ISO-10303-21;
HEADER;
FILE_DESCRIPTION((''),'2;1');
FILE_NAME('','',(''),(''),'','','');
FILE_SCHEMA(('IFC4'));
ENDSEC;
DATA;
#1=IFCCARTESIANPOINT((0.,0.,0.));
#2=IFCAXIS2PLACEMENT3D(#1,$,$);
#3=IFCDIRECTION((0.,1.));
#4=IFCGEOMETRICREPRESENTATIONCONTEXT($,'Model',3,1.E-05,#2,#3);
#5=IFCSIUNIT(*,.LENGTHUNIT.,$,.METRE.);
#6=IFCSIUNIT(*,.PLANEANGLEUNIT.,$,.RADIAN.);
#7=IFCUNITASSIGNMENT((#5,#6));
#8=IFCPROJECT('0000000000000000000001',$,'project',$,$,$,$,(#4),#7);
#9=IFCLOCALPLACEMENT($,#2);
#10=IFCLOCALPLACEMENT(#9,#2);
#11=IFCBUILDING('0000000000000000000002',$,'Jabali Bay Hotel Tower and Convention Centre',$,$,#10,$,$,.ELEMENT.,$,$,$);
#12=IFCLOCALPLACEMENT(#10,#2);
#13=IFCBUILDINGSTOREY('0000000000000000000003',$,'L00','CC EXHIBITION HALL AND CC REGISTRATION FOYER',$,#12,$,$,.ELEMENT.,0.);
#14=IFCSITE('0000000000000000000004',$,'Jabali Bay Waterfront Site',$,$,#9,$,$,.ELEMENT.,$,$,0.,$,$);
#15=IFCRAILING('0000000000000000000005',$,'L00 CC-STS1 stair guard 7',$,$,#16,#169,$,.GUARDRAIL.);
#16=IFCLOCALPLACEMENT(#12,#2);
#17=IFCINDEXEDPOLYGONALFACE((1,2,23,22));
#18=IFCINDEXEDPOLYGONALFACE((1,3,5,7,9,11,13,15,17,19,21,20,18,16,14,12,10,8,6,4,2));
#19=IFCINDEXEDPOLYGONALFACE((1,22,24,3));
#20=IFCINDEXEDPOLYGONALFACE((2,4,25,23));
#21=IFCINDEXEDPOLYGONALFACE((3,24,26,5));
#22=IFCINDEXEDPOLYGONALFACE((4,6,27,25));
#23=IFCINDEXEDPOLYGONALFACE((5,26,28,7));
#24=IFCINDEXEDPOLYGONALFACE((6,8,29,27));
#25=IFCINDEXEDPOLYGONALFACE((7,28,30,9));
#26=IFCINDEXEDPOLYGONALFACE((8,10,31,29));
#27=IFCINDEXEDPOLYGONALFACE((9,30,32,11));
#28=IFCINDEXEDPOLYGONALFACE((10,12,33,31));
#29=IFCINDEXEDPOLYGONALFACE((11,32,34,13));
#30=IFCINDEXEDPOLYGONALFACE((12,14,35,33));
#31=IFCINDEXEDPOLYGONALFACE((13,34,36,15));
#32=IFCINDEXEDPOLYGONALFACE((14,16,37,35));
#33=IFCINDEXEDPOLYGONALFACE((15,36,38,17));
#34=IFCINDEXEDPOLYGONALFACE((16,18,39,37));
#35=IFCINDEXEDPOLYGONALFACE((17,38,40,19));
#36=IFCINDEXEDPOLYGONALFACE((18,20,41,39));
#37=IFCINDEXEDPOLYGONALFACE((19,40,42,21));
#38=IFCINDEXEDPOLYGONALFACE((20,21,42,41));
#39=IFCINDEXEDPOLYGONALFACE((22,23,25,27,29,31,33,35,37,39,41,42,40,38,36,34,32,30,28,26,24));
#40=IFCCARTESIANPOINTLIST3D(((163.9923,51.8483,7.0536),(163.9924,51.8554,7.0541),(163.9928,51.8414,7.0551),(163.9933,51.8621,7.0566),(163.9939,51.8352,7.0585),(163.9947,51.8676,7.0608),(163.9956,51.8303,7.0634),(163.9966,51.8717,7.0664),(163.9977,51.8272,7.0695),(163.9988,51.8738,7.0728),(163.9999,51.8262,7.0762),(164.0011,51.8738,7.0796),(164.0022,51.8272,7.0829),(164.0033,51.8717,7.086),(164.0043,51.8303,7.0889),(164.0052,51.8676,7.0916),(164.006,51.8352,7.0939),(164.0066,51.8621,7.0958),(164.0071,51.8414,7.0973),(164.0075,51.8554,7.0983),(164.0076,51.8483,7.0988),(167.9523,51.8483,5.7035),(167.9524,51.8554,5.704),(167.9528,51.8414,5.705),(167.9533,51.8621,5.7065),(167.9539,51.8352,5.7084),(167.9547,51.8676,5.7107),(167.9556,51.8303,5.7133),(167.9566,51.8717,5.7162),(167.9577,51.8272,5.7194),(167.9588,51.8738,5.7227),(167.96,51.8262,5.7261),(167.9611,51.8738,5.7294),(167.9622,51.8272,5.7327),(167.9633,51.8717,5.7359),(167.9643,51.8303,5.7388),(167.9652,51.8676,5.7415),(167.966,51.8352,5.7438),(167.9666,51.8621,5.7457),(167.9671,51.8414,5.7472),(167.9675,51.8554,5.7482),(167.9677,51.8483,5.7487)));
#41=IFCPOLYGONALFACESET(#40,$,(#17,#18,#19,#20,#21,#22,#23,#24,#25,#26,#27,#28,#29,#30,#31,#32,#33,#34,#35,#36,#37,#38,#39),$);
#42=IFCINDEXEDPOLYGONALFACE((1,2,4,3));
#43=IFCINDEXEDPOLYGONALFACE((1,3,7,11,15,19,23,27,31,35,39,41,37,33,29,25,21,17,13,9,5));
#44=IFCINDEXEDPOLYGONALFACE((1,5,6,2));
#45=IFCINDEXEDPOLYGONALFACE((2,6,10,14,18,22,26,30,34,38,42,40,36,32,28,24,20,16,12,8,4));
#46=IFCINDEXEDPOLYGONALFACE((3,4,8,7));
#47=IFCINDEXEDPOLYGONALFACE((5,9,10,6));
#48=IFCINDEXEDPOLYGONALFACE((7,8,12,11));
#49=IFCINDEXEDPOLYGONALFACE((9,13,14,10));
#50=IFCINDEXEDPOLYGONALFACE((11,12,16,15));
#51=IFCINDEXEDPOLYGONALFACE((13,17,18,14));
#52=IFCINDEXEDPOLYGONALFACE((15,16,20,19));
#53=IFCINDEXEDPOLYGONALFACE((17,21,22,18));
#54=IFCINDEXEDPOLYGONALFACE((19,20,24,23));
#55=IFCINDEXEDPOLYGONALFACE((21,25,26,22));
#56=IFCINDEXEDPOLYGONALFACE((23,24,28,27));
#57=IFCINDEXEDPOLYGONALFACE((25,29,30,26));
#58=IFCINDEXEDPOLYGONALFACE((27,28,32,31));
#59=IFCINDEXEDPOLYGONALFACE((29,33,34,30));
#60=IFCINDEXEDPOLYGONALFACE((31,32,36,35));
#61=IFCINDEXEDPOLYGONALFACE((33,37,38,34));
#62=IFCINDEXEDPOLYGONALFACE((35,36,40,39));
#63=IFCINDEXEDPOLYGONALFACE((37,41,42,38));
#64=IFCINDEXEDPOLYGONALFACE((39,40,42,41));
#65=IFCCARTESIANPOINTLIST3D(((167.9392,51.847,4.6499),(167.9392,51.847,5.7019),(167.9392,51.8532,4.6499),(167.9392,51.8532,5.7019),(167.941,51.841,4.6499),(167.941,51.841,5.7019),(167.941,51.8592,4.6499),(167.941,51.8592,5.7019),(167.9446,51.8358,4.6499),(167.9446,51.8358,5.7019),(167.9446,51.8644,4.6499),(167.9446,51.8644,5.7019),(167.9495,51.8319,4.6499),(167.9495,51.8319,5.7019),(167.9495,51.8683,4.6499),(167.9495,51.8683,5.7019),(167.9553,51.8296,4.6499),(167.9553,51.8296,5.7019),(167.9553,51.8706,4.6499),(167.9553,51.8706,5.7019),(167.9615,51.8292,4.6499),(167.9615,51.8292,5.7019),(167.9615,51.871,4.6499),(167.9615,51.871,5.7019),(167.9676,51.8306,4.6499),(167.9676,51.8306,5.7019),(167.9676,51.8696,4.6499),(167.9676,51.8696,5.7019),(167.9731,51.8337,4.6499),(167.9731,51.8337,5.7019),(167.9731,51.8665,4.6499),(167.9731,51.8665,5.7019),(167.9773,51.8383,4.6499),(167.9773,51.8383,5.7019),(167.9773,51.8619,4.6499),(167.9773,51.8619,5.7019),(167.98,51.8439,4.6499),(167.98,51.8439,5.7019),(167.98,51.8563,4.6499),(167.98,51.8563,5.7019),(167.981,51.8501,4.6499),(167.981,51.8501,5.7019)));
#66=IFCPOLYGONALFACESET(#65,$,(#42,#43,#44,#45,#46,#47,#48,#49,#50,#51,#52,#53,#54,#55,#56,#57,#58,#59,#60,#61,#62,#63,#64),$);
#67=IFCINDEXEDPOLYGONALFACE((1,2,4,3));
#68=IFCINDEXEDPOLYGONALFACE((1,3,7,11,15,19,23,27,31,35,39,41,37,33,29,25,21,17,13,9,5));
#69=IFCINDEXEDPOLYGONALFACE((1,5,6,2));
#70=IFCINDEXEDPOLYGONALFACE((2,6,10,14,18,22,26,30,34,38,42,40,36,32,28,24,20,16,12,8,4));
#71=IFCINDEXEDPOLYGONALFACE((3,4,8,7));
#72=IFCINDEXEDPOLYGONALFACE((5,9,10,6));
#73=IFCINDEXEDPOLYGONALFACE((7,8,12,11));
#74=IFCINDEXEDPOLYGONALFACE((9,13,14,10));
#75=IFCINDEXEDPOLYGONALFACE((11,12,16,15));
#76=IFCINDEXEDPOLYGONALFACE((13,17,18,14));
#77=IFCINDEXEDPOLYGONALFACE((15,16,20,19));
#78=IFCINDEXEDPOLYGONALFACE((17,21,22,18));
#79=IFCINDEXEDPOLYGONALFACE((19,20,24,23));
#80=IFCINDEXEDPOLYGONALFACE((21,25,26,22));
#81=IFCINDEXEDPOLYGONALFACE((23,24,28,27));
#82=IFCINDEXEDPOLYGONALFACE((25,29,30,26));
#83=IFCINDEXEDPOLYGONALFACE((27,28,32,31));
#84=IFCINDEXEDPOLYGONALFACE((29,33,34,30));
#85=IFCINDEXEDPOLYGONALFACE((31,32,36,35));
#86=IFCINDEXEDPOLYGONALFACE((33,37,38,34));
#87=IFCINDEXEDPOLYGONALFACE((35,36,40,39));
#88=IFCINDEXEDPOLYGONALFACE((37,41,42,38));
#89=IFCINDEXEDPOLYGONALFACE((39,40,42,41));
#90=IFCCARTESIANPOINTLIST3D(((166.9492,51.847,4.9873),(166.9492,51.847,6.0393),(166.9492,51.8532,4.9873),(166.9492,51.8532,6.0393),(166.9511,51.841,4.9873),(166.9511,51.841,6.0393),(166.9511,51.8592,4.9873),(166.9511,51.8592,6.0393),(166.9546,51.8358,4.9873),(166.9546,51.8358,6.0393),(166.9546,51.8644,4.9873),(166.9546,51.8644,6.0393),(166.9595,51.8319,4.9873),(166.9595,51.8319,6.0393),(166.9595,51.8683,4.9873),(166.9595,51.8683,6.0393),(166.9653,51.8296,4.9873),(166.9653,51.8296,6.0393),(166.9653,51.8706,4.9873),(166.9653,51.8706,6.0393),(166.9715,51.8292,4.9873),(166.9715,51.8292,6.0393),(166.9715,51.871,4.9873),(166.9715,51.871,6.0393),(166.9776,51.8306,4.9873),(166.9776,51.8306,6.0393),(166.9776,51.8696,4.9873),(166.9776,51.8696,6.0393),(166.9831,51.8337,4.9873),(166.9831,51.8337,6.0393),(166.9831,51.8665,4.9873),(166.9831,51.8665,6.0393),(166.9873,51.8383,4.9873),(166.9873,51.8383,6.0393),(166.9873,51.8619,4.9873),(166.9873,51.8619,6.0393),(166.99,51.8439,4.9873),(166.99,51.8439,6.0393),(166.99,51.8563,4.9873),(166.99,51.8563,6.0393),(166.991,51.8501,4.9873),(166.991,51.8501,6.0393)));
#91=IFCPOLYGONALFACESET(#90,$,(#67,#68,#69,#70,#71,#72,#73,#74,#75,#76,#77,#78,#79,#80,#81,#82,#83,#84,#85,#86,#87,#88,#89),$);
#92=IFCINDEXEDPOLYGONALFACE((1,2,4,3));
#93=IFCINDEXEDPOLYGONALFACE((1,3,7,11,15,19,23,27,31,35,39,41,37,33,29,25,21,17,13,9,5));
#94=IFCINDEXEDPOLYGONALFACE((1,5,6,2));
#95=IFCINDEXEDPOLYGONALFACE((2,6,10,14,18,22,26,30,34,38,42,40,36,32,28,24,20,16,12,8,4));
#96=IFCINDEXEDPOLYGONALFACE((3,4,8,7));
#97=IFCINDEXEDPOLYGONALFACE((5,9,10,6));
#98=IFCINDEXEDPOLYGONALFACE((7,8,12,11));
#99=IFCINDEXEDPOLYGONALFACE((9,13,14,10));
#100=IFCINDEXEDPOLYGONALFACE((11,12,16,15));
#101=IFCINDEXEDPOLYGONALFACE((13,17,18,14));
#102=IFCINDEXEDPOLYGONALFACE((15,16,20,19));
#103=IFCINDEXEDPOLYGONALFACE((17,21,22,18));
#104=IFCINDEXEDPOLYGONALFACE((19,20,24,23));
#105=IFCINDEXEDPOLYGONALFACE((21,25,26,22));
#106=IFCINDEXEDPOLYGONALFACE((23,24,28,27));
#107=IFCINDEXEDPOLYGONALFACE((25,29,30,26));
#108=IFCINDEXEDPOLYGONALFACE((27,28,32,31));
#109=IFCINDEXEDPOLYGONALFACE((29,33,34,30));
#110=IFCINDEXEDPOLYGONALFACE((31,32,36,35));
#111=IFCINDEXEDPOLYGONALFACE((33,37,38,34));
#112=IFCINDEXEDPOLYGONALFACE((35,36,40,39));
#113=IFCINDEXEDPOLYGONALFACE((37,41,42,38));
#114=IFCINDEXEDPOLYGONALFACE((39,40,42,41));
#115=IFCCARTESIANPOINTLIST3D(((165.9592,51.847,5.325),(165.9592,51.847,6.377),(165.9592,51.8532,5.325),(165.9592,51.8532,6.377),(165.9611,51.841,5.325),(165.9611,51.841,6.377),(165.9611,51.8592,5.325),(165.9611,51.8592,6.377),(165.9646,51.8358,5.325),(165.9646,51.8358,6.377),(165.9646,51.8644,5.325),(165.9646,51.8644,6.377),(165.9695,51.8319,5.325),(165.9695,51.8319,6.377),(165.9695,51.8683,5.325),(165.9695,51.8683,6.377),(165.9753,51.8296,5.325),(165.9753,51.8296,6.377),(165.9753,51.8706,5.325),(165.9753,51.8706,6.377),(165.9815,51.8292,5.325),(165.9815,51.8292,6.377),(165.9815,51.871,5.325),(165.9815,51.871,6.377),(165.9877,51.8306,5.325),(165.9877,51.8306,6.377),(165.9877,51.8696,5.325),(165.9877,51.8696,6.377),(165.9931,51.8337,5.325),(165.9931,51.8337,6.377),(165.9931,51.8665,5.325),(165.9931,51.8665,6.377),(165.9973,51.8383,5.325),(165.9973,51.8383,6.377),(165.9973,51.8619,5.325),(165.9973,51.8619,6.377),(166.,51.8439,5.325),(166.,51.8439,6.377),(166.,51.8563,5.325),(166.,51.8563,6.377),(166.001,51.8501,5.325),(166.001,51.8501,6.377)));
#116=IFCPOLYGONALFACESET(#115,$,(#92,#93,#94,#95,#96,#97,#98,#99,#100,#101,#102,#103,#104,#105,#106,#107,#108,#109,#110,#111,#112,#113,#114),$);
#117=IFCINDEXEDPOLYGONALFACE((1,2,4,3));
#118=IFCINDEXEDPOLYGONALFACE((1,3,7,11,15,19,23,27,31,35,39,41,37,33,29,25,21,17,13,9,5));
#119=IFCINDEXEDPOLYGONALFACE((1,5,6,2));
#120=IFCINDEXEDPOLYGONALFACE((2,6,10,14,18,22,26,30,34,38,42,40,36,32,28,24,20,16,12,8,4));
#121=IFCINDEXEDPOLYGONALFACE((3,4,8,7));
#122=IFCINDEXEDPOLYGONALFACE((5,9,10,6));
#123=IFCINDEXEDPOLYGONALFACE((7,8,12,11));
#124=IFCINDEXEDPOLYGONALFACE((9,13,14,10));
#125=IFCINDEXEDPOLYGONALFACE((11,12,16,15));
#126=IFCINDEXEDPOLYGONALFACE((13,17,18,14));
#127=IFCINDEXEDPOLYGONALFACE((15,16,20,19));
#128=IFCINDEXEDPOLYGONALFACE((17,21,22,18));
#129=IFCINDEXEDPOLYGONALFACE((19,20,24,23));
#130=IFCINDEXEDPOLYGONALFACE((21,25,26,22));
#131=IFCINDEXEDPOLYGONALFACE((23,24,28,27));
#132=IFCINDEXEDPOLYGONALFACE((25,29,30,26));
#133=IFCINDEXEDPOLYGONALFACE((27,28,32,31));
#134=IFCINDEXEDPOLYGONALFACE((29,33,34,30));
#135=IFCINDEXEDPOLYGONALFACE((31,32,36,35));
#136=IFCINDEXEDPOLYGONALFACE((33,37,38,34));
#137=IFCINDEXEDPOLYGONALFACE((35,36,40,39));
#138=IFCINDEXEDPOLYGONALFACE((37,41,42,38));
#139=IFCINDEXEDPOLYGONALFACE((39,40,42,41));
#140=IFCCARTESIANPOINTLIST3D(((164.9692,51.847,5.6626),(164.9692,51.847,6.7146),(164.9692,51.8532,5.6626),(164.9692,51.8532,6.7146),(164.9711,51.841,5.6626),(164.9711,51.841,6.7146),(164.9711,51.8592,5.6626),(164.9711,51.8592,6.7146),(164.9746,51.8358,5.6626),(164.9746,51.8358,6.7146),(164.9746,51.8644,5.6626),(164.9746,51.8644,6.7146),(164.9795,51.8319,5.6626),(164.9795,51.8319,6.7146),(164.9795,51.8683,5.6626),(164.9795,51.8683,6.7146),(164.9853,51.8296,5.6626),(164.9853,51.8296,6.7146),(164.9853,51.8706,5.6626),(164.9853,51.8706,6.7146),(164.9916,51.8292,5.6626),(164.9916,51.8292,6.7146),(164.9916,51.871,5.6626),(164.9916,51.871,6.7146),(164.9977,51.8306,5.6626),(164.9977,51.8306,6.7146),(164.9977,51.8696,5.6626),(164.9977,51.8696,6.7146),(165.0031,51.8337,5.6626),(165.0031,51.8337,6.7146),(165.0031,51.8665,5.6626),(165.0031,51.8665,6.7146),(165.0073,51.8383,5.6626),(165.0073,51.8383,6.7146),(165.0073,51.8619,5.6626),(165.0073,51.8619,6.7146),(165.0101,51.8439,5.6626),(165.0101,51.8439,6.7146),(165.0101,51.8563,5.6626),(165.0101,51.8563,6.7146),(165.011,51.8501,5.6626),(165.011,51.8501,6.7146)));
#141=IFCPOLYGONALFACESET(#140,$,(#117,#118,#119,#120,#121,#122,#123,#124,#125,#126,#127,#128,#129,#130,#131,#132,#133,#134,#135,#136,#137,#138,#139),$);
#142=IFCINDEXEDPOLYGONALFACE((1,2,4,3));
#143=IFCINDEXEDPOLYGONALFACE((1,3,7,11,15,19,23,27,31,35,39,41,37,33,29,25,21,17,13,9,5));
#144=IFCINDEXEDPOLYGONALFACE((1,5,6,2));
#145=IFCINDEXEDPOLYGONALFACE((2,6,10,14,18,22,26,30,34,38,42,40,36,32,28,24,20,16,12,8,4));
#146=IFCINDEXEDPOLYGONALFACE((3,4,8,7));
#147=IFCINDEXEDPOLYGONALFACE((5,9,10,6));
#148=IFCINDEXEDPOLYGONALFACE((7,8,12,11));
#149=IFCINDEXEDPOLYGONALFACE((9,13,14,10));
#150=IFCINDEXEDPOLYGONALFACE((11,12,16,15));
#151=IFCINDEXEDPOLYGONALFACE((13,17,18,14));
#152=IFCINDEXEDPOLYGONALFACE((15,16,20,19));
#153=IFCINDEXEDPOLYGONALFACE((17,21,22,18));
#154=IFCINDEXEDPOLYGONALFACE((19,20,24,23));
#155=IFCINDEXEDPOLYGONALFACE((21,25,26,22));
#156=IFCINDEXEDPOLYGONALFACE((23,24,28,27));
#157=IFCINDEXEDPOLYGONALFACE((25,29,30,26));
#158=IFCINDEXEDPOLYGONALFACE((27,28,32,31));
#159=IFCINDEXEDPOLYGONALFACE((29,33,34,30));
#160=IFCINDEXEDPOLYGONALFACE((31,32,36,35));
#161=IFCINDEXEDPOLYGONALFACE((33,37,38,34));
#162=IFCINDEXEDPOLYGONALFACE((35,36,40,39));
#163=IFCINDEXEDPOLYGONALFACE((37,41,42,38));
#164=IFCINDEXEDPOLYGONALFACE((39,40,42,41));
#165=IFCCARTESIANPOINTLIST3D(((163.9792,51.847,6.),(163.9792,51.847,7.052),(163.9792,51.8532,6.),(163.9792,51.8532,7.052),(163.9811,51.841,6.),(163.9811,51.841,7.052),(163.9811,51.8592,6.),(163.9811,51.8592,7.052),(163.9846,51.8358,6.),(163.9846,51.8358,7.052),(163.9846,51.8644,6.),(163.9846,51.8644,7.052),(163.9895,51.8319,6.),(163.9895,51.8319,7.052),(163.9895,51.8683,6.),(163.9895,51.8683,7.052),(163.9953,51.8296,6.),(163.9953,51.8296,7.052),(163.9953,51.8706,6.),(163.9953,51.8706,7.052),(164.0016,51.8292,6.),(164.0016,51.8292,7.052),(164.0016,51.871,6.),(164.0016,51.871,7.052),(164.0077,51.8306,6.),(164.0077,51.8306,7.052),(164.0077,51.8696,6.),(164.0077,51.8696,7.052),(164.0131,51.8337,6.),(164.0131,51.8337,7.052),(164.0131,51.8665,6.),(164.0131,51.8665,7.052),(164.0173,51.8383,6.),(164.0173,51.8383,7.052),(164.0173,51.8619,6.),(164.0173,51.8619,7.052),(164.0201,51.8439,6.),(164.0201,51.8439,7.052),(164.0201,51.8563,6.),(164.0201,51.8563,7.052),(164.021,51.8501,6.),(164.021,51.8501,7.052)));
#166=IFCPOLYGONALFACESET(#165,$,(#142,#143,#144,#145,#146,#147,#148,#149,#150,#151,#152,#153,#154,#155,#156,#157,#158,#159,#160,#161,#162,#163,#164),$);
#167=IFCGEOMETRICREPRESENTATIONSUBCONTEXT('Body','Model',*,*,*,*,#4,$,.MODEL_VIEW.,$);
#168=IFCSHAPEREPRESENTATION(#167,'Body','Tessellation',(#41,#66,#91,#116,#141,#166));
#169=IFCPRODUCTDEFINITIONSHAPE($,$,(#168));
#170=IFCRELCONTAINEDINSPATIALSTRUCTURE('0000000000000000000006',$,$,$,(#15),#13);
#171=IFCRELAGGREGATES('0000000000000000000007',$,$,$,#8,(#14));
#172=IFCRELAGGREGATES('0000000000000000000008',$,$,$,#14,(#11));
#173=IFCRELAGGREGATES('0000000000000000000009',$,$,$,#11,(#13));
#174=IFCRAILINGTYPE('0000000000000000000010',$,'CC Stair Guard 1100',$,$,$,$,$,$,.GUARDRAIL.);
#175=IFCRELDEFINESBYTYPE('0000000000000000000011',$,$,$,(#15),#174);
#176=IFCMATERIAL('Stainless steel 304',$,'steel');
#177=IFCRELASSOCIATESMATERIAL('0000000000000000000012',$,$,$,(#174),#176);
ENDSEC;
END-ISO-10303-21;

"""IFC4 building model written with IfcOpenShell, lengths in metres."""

from ifc_helpers import new_model, si_unit, direction, frame, origin, origin_2d, place, context, subcontext, project, spatial, circle, extrude, material, type_object, element, save


model = new_model("IFC4")

# Units and contexts
model_context = context("Model", 3, precision=1e-05, world=origin(), true_north=direction((0.0, 1.0)))
body_context = subcontext(model_context, "Body", "Model", "MODEL_VIEW")
ifc_project = project(units=[si_unit("LENGTHUNIT", "METRE"), si_unit("PLANEANGLEUNIT", "RADIAN")], contexts=[model_context])

# Site, building, storey
site_placement = place(None, origin())
site = spatial("IfcSite", under=ifc_project, at=site_placement, Name="Jabali Bay Waterfront Site", CompositionType="ELEMENT", RefElevation=0.0)
building_placement = place(site_placement, origin())
building = spatial("IfcBuilding", under=site, at=building_placement, Name="Jabali Bay Hotel Tower and Convention Centre", CompositionType="ELEMENT")
storey_placement = place(building_placement, origin())
storey = spatial("IfcBuildingStorey", under=building, at=storey_placement, Name="L00", Description="CC EXHIBITION HALL AND CC REGISTRATION FOYER", CompositionType="ELEMENT", Elevation=0.0)

# Railing
ifc_material_1 = material(Name="Stainless steel 304", Category="steel")
railing_type = type_object("IfcRailingType", Name="CC Stair Guard 1100", PredefinedType="GUARDRAIL", material=ifc_material_1)
railing_1_placement = place(storey_placement, frame((167.96, 51.8501, 4.6499)))
element("IfcRailing", 1, at=railing_1_placement, inside=storey, type_object=railing_type, Name="L00 CC-STS1 stair guard 7", PredefinedType="GUARDRAIL", context=body_context, shape_type="SweptSolid", body=[
    extrude(circle(Radius=0.0239, at=origin_2d()), frame((0.0, 0.0, 1.0762), z_axis=(-0.946502, 0.0, 0.322698), x_axis=(0.0, -1.0, 0.0)), (0.0, 0.0, 1.0), 4.1838),
    extrude(circle(Radius=0.021, at=origin_2d()), origin(), (0.0, 0.0, 1.0), 1.052),
    extrude(circle(Radius=0.021, at=origin_2d()), frame((-0.99, 0.0, 0.3374)), (0.0, 0.0, 1.0), 1.052),
    extrude(circle(Radius=0.021, at=origin_2d()), frame((-1.98, 0.0, 0.675)), (0.0, 0.0, 1.0), 1.052),
    extrude(circle(Radius=0.021, at=origin_2d()), frame((-2.97, 0.0, 1.0127)), (0.0, 0.0, 1.0), 1.052),
    extrude(circle(Radius=0.021, at=origin_2d()), frame((-3.96, 0.0, 1.3501)), (0.0, 0.0, 1.0), 1.052),
])

save(model, "model.ifc")
